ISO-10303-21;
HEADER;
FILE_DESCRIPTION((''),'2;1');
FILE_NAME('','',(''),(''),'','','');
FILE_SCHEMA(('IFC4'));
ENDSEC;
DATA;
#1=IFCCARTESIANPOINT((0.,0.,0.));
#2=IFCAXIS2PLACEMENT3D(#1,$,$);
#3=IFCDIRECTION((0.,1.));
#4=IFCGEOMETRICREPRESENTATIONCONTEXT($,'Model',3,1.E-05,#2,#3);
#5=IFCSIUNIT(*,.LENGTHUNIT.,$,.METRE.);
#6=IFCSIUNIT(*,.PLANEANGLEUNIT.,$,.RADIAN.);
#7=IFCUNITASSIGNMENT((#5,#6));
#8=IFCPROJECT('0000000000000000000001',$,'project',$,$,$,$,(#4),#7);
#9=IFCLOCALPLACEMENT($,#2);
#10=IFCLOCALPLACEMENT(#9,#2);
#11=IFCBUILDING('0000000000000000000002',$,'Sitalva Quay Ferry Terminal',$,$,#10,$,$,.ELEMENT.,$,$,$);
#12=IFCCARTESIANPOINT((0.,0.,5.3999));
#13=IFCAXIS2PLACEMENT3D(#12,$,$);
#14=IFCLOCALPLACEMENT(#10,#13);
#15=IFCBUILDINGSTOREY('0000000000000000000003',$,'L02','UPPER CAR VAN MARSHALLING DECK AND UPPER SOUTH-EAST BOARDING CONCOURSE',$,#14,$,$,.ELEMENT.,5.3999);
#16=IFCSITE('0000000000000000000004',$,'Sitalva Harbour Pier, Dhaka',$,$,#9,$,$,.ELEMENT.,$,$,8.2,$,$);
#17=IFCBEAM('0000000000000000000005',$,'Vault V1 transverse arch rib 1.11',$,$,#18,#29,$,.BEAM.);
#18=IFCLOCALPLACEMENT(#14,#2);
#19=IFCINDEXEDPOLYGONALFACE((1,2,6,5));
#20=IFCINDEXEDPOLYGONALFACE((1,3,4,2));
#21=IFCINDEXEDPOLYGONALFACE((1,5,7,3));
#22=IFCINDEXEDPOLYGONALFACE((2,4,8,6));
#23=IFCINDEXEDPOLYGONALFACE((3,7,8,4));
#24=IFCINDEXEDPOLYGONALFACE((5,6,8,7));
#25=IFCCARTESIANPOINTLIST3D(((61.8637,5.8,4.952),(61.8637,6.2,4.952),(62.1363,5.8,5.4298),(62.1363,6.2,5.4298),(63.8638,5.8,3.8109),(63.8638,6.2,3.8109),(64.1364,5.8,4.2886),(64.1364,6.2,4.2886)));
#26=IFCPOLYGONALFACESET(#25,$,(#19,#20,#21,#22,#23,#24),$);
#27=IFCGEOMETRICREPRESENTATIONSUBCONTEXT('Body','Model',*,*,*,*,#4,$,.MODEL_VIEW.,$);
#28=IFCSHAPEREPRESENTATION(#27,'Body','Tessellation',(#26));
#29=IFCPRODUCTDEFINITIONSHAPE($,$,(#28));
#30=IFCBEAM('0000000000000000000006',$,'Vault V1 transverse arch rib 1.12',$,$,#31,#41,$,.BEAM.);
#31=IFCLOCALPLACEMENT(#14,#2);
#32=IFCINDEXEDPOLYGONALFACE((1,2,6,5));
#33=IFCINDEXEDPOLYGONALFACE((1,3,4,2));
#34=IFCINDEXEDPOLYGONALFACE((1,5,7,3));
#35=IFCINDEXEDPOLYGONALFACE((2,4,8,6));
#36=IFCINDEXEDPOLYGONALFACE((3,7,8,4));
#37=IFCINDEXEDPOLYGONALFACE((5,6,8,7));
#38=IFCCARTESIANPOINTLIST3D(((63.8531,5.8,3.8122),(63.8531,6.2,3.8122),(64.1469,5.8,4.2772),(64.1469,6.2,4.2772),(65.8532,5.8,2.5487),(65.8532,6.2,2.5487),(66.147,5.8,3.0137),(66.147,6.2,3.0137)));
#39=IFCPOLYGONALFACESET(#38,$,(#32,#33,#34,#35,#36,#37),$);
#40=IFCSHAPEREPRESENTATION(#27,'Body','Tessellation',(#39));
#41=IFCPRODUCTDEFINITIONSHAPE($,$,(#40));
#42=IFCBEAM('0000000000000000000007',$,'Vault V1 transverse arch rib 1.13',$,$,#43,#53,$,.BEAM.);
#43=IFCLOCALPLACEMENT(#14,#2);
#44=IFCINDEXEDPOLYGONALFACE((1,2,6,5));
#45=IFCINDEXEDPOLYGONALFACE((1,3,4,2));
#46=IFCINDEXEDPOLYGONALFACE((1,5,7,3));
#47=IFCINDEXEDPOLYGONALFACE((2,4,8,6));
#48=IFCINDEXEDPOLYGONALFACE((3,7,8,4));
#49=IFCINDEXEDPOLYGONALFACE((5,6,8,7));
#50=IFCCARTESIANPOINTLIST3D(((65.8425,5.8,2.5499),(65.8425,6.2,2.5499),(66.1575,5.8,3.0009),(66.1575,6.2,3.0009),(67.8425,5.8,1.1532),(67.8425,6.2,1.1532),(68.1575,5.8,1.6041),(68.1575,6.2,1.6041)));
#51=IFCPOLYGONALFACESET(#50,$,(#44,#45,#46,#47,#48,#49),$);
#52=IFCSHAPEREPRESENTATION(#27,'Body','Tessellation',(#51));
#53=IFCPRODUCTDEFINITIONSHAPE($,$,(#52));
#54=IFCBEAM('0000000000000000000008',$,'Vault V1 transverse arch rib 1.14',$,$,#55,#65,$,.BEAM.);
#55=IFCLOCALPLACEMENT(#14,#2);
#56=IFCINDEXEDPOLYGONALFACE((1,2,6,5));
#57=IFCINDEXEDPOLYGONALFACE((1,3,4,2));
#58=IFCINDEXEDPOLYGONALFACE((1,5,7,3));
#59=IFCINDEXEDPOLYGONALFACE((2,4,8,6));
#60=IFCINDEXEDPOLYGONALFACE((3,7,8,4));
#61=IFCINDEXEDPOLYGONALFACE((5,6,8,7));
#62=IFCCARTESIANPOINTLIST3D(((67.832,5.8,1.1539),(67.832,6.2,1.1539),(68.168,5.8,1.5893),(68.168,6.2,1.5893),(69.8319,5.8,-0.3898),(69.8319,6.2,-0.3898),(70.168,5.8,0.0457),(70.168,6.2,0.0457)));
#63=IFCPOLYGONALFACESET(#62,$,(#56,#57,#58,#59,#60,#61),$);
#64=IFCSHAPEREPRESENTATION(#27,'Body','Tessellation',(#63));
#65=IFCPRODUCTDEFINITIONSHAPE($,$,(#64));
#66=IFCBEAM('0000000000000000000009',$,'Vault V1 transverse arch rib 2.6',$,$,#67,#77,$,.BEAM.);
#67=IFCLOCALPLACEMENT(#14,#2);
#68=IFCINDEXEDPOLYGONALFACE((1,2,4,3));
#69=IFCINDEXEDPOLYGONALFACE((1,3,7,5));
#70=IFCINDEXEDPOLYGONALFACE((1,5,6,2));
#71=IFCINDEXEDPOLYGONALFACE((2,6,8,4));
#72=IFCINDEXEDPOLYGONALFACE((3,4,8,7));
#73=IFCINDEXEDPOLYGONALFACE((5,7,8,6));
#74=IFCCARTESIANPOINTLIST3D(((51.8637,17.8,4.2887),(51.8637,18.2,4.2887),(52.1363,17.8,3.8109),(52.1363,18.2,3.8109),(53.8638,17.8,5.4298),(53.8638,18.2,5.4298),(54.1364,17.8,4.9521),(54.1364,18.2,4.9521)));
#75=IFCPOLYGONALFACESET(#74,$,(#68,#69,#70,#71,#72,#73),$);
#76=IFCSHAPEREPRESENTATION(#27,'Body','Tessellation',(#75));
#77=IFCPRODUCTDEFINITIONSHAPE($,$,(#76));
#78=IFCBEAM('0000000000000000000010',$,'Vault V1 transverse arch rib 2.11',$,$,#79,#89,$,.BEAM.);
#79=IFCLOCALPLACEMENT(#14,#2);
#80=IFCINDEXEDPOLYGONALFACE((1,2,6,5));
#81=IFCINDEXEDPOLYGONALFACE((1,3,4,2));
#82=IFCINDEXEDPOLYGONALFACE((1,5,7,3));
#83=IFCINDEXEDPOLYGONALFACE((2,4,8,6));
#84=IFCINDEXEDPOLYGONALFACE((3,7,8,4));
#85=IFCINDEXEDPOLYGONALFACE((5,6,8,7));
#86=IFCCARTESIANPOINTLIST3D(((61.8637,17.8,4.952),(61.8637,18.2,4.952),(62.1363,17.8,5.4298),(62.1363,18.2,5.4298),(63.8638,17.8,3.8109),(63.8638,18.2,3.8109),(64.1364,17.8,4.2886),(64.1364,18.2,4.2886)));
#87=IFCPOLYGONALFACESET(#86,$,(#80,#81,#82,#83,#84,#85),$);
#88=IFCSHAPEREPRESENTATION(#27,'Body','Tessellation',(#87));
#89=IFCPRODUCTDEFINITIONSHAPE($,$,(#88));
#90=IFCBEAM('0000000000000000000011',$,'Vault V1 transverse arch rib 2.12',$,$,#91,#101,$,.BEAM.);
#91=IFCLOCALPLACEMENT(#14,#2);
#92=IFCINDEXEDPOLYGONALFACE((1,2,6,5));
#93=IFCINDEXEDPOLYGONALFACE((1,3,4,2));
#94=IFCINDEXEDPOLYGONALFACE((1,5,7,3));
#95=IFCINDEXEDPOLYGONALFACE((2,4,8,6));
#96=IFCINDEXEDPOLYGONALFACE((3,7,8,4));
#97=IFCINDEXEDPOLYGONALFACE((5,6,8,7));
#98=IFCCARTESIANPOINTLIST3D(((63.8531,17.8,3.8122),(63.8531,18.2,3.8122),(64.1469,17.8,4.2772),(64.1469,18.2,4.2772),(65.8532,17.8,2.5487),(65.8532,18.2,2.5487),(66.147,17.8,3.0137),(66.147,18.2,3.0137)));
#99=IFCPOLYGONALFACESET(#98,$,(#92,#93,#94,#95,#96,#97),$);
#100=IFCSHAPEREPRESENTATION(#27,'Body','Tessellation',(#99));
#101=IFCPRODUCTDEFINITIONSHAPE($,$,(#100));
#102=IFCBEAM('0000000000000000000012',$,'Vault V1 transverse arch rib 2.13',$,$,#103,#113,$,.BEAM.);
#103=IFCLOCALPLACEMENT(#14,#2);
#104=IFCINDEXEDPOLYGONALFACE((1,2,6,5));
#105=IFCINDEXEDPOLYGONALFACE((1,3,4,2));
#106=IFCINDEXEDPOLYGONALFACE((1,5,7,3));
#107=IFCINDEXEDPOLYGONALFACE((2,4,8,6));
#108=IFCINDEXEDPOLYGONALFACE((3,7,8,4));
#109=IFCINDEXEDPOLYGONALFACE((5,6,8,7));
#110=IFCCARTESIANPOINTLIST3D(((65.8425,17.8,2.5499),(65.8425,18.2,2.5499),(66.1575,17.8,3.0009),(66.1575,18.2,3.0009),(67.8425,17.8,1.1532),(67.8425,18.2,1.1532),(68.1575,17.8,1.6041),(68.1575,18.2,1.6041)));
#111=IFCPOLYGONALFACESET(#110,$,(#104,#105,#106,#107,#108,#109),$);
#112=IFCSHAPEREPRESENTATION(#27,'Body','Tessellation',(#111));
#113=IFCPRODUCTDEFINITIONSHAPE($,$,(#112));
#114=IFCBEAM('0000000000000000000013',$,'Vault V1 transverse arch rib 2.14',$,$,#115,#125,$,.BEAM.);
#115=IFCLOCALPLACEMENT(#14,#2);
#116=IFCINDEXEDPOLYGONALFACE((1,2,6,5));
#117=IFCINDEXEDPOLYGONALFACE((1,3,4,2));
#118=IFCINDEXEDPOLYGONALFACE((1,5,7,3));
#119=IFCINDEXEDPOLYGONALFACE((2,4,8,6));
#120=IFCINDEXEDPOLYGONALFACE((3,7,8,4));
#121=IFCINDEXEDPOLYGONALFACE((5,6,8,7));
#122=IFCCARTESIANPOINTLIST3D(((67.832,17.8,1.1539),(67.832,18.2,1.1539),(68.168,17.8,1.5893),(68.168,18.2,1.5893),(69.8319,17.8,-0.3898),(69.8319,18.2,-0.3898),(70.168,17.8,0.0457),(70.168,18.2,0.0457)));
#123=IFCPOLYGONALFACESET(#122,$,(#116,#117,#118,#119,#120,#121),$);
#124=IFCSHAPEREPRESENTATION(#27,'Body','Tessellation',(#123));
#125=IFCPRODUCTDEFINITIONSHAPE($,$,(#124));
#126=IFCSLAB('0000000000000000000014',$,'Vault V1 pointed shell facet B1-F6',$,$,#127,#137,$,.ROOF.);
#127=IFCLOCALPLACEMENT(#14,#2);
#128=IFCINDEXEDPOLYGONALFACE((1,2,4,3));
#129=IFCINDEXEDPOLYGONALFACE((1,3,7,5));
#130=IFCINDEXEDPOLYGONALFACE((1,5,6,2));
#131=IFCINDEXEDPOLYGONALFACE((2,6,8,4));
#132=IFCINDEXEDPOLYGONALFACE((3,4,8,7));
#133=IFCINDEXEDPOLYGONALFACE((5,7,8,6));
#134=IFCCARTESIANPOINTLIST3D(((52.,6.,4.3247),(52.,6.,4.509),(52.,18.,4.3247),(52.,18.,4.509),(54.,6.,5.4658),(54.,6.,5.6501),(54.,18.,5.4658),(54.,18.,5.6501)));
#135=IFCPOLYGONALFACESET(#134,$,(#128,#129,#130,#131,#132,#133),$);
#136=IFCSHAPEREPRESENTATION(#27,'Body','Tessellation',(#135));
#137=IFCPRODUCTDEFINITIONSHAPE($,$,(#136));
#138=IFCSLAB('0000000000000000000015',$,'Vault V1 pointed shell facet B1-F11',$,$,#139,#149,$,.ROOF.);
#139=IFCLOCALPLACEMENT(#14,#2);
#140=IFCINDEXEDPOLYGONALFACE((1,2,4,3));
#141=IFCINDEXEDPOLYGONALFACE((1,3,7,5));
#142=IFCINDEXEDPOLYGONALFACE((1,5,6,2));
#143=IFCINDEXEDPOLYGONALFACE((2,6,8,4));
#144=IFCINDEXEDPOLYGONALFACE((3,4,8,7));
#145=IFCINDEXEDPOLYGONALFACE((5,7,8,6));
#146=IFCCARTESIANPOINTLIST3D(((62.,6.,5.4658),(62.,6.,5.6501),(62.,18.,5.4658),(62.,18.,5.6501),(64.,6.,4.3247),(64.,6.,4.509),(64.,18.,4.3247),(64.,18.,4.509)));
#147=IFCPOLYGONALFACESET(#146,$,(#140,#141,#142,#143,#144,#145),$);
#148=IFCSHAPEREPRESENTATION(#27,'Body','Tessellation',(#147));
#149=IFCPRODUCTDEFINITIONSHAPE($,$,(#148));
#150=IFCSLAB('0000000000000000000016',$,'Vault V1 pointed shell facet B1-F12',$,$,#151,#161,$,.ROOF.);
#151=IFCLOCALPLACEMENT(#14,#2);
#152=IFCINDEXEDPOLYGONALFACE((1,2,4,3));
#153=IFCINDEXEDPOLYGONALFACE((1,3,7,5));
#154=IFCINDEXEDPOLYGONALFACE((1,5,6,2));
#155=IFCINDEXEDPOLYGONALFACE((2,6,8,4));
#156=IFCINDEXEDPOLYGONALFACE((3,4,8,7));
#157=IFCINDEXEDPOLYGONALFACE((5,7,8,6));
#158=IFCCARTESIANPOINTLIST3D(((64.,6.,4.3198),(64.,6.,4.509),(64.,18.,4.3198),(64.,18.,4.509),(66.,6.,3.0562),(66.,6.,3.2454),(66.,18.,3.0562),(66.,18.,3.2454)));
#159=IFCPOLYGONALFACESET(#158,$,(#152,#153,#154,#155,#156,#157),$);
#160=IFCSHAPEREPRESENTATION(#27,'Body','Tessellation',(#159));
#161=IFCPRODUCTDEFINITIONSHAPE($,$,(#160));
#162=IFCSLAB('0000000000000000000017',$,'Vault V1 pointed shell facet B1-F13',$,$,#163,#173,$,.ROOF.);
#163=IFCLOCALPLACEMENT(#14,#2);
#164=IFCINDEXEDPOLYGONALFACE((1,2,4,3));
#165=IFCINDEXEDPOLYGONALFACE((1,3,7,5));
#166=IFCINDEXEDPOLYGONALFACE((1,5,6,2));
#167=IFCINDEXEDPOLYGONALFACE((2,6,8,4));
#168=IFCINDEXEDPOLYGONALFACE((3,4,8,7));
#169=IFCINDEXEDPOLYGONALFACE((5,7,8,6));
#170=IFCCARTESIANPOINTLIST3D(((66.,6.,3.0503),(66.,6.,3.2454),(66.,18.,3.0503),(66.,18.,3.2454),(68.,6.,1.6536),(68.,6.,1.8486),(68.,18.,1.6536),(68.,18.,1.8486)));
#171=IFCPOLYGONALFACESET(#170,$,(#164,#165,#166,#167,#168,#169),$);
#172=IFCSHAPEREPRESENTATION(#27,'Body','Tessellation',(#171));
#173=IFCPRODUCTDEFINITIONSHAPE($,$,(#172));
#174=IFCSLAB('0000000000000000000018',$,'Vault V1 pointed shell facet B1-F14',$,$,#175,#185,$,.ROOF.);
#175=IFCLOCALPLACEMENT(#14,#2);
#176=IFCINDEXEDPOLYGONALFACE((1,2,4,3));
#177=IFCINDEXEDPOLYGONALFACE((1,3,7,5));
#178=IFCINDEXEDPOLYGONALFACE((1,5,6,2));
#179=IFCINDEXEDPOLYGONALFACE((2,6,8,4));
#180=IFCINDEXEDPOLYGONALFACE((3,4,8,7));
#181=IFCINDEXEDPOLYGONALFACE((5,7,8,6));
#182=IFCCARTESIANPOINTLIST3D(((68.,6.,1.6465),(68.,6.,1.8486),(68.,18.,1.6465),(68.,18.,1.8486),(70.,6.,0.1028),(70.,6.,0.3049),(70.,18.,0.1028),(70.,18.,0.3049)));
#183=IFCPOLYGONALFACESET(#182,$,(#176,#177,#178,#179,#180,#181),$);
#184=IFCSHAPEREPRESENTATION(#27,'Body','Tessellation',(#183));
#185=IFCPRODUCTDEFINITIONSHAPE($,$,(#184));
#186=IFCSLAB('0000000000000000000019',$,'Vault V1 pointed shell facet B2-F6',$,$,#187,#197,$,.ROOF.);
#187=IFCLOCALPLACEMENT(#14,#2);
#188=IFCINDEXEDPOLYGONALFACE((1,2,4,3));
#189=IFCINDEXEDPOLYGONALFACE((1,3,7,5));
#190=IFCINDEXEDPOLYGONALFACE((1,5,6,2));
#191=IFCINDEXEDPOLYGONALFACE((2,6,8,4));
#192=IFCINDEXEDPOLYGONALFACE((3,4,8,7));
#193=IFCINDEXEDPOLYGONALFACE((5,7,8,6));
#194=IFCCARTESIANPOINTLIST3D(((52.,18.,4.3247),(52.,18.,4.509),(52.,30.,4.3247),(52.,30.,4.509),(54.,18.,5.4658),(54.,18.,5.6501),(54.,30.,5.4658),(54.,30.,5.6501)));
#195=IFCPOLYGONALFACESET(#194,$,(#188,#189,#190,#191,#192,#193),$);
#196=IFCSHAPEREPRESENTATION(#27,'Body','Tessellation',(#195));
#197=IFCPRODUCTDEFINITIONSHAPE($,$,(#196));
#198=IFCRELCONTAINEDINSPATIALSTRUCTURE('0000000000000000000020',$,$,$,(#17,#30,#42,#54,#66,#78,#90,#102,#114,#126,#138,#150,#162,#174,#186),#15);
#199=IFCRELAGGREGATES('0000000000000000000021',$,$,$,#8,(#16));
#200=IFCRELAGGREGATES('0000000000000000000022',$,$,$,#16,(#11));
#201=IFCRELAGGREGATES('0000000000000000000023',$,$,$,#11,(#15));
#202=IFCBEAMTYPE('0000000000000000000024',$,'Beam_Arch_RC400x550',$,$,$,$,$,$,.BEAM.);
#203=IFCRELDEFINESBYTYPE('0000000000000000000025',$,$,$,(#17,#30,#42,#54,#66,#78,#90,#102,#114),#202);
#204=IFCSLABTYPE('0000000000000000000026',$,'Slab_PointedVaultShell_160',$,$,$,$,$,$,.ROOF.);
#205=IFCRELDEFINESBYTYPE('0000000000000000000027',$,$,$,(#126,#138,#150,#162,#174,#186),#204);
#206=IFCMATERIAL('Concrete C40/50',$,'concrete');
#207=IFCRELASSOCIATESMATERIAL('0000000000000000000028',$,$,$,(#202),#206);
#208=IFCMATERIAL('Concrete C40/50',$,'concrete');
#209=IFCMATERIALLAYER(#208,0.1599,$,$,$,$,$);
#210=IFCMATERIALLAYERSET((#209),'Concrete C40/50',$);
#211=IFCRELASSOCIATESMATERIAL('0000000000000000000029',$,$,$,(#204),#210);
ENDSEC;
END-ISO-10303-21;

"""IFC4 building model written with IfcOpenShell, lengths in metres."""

from ifc_helpers import new_model, si_unit, direction, frame, origin, origin_2d, place, context, subcontext, project, spatial, polyline, rectangle, outline, extrude, material, layer, layer_set, material_profile, profile_set, type_object, element, save


model = new_model("IFC4")

# Units and contexts
model_context = context("Model", 3, precision=1e-05, world=origin(), true_north=direction((0.0, 1.0)))
body_context = subcontext(model_context, "Body", "Model", "MODEL_VIEW")
ifc_project = project(units=[si_unit("LENGTHUNIT", "METRE"), si_unit("PLANEANGLEUNIT", "RADIAN")], contexts=[model_context])

# Site, building, storey
site_placement = place(None, origin())
site = spatial("IfcSite", under=ifc_project, at=site_placement, Name="Sitalva Harbour Pier, Dhaka", CompositionType="ELEMENT", RefElevation=8.2)
building_placement = place(site_placement, origin())
building = spatial("IfcBuilding", under=site, at=building_placement, Name="Sitalva Quay Ferry Terminal", CompositionType="ELEMENT")
storey_placement = place(building_placement, frame((0.0, 0.0, 5.3999)))
storey = spatial("IfcBuildingStorey", under=building, at=storey_placement, Name="L02", Description="UPPER CAR VAN MARSHALLING DECK AND UPPER SOUTH-EAST BOARDING CONCOURSE", CompositionType="ELEMENT", Elevation=5.3999)

# Beams
ifc_material_1 = material(Name="Concrete C40/50", Category="concrete")
ifc_material_profile = material_profile(ifc_material_1, rectangle(XDim=0.3999, YDim=0.55, at=origin_2d()), Name="RC400x550")
ifc_profile_set = profile_set([ifc_material_profile], Name="Concrete C40/50")
beam_type = type_object("IfcBeamType", Name="Beam_Arch_RC400x550", PredefinedType="BEAM", material=ifc_profile_set)
beam_1_placement = place(storey_placement, frame((62.0, 6.0, 5.1909), z_axis=(0.868569, 0.0, -0.495568), x_axis=(0.0, 1.0, 0.0)))
element("IfcBeam", 1, at=beam_1_placement, inside=storey, type_object=beam_type, Name="Vault V1 transverse arch rib 1.11", PredefinedType="BEAM", context=body_context, shape_type="SweptSolid", body=[
    extrude(rectangle(XDim=0.3999, YDim=0.55, at=origin_2d()), origin(), (0.0, 0.0, 1.0), 2.3027),
])
beam_2_placement = place(storey_placement, frame((64.0, 6.0, 4.0447), z_axis=(0.845437, 0.0, -0.534075), x_axis=(0.0, 1.0, 0.0)))
element("IfcBeam", 2, at=beam_2_placement, inside=storey, type_object=beam_type, Name="Vault V1 transverse arch rib 1.12", PredefinedType="BEAM", context=body_context, shape_type="SweptSolid", body=[
    extrude(rectangle(XDim=0.3999, YDim=0.55, at=origin_2d()), origin(), (0.0, 0.0, 1.0), 2.3657),
])
beam_3_placement = place(storey_placement, frame((66.0, 6.0, 2.7754), z_axis=(0.819861, 0.0, -0.572562), x_axis=(0.0, 1.0, 0.0)))
element("IfcBeam", 3, at=beam_3_placement, inside=storey, type_object=beam_type, Name="Vault V1 transverse arch rib 1.13", PredefinedType="BEAM", context=body_context, shape_type="SweptSolid", body=[
    extrude(rectangle(XDim=0.3999, YDim=0.55, at=origin_2d()), origin(), (0.0, 0.0, 1.0), 2.4395),
])
beam_4_placement = place(storey_placement, frame((68.0, 6.0, 1.3716), z_axis=(0.791621, 0.0, -0.611013), x_axis=(0.0, 1.0, 0.0)))
element("IfcBeam", 4, at=beam_4_placement, inside=storey, type_object=beam_type, Name="Vault V1 transverse arch rib 1.14", PredefinedType="BEAM", context=body_context, shape_type="SweptSolid", body=[
    extrude(rectangle(XDim=0.3999, YDim=0.55, at=origin_2d()), origin(), (0.0, 0.0, 1.0), 2.5264),
])
for number, where, z_axis, x_axis, name in (
    (5, (52.0, 18.0, 4.0498), (0.868569, 0.0, 0.495568), (0.0, 1.0, 0.0), "Vault V1 transverse arch rib 2.6"),
    (6, (62.0, 18.0, 5.1909), (0.868569, 0.0, -0.495568), (0.0, 1.0, 0.0), "Vault V1 transverse arch rib 2.11"),
):
    element("IfcBeam", number, at=place(storey_placement, frame(where, z_axis=z_axis, x_axis=x_axis)), inside=storey, type_object=beam_type, Name=name, PredefinedType="BEAM", context=body_context, shape_type="SweptSolid", body=[
        extrude(rectangle(XDim=0.3999, YDim=0.55, at=origin_2d()), origin(), (0.0, 0.0, 1.0), 2.3027),
    ])
beam_5_placement = place(storey_placement, frame((64.0, 18.0, 4.0447), z_axis=(0.845437, 0.0, -0.534075), x_axis=(0.0, 1.0, 0.0)))
element("IfcBeam", 7, at=beam_5_placement, inside=storey, type_object=beam_type, Name="Vault V1 transverse arch rib 2.12", PredefinedType="BEAM", context=body_context, shape_type="SweptSolid", body=[
    extrude(rectangle(XDim=0.3999, YDim=0.55, at=origin_2d()), origin(), (0.0, 0.0, 1.0), 2.3657),
])
beam_6_placement = place(storey_placement, frame((66.0, 18.0, 2.7754), z_axis=(0.819861, 0.0, -0.572562), x_axis=(0.0, 1.0, 0.0)))
element("IfcBeam", 8, at=beam_6_placement, inside=storey, type_object=beam_type, Name="Vault V1 transverse arch rib 2.13", PredefinedType="BEAM", context=body_context, shape_type="SweptSolid", body=[
    extrude(rectangle(XDim=0.3999, YDim=0.55, at=origin_2d()), origin(), (0.0, 0.0, 1.0), 2.4395),
])
beam_7_placement = place(storey_placement, frame((68.0, 18.0, 1.3716), z_axis=(0.791621, 0.0, -0.611013), x_axis=(0.0, 1.0, 0.0)))
element("IfcBeam", 9, at=beam_7_placement, inside=storey, type_object=beam_type, Name="Vault V1 transverse arch rib 2.14", PredefinedType="BEAM", context=body_context, shape_type="SweptSolid", body=[
    extrude(rectangle(XDim=0.3999, YDim=0.55, at=origin_2d()), origin(), (0.0, 0.0, 1.0), 2.5264),
])

# Slabs
ifc_material_2 = material(Name="Concrete C40/50", Category="concrete")
ifc_layer = layer(ifc_material_2, 0.1599)
ifc_layer_set = layer_set([ifc_layer], Name="Concrete C40/50")
slab_type = type_object("IfcSlabType", Name="Slab_PointedVaultShell_160", PredefinedType="ROOF", material=ifc_layer_set)
slab_1_placement = place(storey_placement, frame((52.0, 6.0, 4.509), z_axis=(-0.495568, 0.0, 0.868569), x_axis=(0.868569, 0.0, 0.495568)))
element("IfcSlab", 10, at=slab_1_placement, inside=storey, type_object=slab_type, Name="Vault V1 pointed shell facet B1-F6", PredefinedType="ROOF", context=body_context, shape_type="SweptSolid", body=[
    extrude(outline(polyline([(0.0, 0.0), (2.3026, 0.0), (2.3026, 12.0), (0.0, 12.0), (0.0, 0.0)])), origin(), (-0.495568, 0.0, -0.868569), 0.1843),
])
slab_2_placement = place(storey_placement, frame((62.0, 6.0, 5.6501), z_axis=(0.495568, 0.0, 0.868569), x_axis=(0.868569, 0.0, -0.495568)))
element("IfcSlab", 11, at=slab_2_placement, inside=storey, type_object=slab_type, Name="Vault V1 pointed shell facet B1-F11", PredefinedType="ROOF", context=body_context, shape_type="SweptSolid", body=[
    extrude(outline(polyline([(0.0, 0.0), (2.3026, 0.0), (2.3026, 12.0), (0.0, 12.0), (0.0, 0.0)])), origin(), (0.495568, 0.0, -0.868569), 0.1843),
])
slab_3_placement = place(storey_placement, frame((64.0, 6.0, 4.509), z_axis=(0.534148, 0.0, 0.845391), x_axis=(0.845391, 0.0, -0.534148)))
element("IfcSlab", 12, at=slab_3_placement, inside=storey, type_object=slab_type, Name="Vault V1 pointed shell facet B1-F12", PredefinedType="ROOF", context=body_context, shape_type="SweptSolid", body=[
    extrude(outline(polyline([(0.0, 0.0), (2.3658, 0.0), (2.3658, 12.0), (0.0, 12.0), (0.0, 0.0)])), origin(), (0.534148, 0.0, -0.845391), 0.1892),
])
slab_4_placement = place(storey_placement, frame((66.0, 6.0, 3.2454), z_axis=(0.572562, 0.0, 0.819861), x_axis=(0.819861, 0.0, -0.572562)))
element("IfcSlab", 13, at=slab_4_placement, inside=storey, type_object=slab_type, Name="Vault V1 pointed shell facet B1-F13", PredefinedType="ROOF", context=body_context, shape_type="SweptSolid", body=[
    extrude(outline(polyline([(0.0, 0.0), (2.4394, 0.0), (2.4394, 12.0), (0.0, 12.0), (0.0, 0.0)])), origin(), (0.572562, 0.0, -0.819861), 0.1951),
])
slab_5_placement = place(storey_placement, frame((68.0, 6.0, 1.8486), z_axis=(0.611013, 0.0, 0.791621), x_axis=(0.791621, 0.0, -0.611013)))
element("IfcSlab", 14, at=slab_5_placement, inside=storey, type_object=slab_type, Name="Vault V1 pointed shell facet B1-F14", PredefinedType="ROOF", context=body_context, shape_type="SweptSolid", body=[
    extrude(outline(polyline([(0.0, 0.0), (2.5265, 0.0), (2.5265, 12.0), (0.0, 12.0), (0.0, 0.0)])), origin(), (0.611013, 0.0, -0.791621), 0.2021),
])
slab_6_placement = place(storey_placement, frame((52.0, 18.0, 4.509), z_axis=(-0.495568, 0.0, 0.868569), x_axis=(0.868569, 0.0, 0.495568)))
element("IfcSlab", 15, at=slab_6_placement, inside=storey, type_object=slab_type, Name="Vault V1 pointed shell facet B2-F6", PredefinedType="ROOF", context=body_context, shape_type="SweptSolid", body=[
    extrude(outline(polyline([(0.0, 0.0), (2.3026, 0.0), (2.3026, 12.0), (0.0, 12.0), (0.0, 0.0)])), origin(), (-0.495568, 0.0, -0.868569), 0.1843),
])

save(model, "model.ifc")
